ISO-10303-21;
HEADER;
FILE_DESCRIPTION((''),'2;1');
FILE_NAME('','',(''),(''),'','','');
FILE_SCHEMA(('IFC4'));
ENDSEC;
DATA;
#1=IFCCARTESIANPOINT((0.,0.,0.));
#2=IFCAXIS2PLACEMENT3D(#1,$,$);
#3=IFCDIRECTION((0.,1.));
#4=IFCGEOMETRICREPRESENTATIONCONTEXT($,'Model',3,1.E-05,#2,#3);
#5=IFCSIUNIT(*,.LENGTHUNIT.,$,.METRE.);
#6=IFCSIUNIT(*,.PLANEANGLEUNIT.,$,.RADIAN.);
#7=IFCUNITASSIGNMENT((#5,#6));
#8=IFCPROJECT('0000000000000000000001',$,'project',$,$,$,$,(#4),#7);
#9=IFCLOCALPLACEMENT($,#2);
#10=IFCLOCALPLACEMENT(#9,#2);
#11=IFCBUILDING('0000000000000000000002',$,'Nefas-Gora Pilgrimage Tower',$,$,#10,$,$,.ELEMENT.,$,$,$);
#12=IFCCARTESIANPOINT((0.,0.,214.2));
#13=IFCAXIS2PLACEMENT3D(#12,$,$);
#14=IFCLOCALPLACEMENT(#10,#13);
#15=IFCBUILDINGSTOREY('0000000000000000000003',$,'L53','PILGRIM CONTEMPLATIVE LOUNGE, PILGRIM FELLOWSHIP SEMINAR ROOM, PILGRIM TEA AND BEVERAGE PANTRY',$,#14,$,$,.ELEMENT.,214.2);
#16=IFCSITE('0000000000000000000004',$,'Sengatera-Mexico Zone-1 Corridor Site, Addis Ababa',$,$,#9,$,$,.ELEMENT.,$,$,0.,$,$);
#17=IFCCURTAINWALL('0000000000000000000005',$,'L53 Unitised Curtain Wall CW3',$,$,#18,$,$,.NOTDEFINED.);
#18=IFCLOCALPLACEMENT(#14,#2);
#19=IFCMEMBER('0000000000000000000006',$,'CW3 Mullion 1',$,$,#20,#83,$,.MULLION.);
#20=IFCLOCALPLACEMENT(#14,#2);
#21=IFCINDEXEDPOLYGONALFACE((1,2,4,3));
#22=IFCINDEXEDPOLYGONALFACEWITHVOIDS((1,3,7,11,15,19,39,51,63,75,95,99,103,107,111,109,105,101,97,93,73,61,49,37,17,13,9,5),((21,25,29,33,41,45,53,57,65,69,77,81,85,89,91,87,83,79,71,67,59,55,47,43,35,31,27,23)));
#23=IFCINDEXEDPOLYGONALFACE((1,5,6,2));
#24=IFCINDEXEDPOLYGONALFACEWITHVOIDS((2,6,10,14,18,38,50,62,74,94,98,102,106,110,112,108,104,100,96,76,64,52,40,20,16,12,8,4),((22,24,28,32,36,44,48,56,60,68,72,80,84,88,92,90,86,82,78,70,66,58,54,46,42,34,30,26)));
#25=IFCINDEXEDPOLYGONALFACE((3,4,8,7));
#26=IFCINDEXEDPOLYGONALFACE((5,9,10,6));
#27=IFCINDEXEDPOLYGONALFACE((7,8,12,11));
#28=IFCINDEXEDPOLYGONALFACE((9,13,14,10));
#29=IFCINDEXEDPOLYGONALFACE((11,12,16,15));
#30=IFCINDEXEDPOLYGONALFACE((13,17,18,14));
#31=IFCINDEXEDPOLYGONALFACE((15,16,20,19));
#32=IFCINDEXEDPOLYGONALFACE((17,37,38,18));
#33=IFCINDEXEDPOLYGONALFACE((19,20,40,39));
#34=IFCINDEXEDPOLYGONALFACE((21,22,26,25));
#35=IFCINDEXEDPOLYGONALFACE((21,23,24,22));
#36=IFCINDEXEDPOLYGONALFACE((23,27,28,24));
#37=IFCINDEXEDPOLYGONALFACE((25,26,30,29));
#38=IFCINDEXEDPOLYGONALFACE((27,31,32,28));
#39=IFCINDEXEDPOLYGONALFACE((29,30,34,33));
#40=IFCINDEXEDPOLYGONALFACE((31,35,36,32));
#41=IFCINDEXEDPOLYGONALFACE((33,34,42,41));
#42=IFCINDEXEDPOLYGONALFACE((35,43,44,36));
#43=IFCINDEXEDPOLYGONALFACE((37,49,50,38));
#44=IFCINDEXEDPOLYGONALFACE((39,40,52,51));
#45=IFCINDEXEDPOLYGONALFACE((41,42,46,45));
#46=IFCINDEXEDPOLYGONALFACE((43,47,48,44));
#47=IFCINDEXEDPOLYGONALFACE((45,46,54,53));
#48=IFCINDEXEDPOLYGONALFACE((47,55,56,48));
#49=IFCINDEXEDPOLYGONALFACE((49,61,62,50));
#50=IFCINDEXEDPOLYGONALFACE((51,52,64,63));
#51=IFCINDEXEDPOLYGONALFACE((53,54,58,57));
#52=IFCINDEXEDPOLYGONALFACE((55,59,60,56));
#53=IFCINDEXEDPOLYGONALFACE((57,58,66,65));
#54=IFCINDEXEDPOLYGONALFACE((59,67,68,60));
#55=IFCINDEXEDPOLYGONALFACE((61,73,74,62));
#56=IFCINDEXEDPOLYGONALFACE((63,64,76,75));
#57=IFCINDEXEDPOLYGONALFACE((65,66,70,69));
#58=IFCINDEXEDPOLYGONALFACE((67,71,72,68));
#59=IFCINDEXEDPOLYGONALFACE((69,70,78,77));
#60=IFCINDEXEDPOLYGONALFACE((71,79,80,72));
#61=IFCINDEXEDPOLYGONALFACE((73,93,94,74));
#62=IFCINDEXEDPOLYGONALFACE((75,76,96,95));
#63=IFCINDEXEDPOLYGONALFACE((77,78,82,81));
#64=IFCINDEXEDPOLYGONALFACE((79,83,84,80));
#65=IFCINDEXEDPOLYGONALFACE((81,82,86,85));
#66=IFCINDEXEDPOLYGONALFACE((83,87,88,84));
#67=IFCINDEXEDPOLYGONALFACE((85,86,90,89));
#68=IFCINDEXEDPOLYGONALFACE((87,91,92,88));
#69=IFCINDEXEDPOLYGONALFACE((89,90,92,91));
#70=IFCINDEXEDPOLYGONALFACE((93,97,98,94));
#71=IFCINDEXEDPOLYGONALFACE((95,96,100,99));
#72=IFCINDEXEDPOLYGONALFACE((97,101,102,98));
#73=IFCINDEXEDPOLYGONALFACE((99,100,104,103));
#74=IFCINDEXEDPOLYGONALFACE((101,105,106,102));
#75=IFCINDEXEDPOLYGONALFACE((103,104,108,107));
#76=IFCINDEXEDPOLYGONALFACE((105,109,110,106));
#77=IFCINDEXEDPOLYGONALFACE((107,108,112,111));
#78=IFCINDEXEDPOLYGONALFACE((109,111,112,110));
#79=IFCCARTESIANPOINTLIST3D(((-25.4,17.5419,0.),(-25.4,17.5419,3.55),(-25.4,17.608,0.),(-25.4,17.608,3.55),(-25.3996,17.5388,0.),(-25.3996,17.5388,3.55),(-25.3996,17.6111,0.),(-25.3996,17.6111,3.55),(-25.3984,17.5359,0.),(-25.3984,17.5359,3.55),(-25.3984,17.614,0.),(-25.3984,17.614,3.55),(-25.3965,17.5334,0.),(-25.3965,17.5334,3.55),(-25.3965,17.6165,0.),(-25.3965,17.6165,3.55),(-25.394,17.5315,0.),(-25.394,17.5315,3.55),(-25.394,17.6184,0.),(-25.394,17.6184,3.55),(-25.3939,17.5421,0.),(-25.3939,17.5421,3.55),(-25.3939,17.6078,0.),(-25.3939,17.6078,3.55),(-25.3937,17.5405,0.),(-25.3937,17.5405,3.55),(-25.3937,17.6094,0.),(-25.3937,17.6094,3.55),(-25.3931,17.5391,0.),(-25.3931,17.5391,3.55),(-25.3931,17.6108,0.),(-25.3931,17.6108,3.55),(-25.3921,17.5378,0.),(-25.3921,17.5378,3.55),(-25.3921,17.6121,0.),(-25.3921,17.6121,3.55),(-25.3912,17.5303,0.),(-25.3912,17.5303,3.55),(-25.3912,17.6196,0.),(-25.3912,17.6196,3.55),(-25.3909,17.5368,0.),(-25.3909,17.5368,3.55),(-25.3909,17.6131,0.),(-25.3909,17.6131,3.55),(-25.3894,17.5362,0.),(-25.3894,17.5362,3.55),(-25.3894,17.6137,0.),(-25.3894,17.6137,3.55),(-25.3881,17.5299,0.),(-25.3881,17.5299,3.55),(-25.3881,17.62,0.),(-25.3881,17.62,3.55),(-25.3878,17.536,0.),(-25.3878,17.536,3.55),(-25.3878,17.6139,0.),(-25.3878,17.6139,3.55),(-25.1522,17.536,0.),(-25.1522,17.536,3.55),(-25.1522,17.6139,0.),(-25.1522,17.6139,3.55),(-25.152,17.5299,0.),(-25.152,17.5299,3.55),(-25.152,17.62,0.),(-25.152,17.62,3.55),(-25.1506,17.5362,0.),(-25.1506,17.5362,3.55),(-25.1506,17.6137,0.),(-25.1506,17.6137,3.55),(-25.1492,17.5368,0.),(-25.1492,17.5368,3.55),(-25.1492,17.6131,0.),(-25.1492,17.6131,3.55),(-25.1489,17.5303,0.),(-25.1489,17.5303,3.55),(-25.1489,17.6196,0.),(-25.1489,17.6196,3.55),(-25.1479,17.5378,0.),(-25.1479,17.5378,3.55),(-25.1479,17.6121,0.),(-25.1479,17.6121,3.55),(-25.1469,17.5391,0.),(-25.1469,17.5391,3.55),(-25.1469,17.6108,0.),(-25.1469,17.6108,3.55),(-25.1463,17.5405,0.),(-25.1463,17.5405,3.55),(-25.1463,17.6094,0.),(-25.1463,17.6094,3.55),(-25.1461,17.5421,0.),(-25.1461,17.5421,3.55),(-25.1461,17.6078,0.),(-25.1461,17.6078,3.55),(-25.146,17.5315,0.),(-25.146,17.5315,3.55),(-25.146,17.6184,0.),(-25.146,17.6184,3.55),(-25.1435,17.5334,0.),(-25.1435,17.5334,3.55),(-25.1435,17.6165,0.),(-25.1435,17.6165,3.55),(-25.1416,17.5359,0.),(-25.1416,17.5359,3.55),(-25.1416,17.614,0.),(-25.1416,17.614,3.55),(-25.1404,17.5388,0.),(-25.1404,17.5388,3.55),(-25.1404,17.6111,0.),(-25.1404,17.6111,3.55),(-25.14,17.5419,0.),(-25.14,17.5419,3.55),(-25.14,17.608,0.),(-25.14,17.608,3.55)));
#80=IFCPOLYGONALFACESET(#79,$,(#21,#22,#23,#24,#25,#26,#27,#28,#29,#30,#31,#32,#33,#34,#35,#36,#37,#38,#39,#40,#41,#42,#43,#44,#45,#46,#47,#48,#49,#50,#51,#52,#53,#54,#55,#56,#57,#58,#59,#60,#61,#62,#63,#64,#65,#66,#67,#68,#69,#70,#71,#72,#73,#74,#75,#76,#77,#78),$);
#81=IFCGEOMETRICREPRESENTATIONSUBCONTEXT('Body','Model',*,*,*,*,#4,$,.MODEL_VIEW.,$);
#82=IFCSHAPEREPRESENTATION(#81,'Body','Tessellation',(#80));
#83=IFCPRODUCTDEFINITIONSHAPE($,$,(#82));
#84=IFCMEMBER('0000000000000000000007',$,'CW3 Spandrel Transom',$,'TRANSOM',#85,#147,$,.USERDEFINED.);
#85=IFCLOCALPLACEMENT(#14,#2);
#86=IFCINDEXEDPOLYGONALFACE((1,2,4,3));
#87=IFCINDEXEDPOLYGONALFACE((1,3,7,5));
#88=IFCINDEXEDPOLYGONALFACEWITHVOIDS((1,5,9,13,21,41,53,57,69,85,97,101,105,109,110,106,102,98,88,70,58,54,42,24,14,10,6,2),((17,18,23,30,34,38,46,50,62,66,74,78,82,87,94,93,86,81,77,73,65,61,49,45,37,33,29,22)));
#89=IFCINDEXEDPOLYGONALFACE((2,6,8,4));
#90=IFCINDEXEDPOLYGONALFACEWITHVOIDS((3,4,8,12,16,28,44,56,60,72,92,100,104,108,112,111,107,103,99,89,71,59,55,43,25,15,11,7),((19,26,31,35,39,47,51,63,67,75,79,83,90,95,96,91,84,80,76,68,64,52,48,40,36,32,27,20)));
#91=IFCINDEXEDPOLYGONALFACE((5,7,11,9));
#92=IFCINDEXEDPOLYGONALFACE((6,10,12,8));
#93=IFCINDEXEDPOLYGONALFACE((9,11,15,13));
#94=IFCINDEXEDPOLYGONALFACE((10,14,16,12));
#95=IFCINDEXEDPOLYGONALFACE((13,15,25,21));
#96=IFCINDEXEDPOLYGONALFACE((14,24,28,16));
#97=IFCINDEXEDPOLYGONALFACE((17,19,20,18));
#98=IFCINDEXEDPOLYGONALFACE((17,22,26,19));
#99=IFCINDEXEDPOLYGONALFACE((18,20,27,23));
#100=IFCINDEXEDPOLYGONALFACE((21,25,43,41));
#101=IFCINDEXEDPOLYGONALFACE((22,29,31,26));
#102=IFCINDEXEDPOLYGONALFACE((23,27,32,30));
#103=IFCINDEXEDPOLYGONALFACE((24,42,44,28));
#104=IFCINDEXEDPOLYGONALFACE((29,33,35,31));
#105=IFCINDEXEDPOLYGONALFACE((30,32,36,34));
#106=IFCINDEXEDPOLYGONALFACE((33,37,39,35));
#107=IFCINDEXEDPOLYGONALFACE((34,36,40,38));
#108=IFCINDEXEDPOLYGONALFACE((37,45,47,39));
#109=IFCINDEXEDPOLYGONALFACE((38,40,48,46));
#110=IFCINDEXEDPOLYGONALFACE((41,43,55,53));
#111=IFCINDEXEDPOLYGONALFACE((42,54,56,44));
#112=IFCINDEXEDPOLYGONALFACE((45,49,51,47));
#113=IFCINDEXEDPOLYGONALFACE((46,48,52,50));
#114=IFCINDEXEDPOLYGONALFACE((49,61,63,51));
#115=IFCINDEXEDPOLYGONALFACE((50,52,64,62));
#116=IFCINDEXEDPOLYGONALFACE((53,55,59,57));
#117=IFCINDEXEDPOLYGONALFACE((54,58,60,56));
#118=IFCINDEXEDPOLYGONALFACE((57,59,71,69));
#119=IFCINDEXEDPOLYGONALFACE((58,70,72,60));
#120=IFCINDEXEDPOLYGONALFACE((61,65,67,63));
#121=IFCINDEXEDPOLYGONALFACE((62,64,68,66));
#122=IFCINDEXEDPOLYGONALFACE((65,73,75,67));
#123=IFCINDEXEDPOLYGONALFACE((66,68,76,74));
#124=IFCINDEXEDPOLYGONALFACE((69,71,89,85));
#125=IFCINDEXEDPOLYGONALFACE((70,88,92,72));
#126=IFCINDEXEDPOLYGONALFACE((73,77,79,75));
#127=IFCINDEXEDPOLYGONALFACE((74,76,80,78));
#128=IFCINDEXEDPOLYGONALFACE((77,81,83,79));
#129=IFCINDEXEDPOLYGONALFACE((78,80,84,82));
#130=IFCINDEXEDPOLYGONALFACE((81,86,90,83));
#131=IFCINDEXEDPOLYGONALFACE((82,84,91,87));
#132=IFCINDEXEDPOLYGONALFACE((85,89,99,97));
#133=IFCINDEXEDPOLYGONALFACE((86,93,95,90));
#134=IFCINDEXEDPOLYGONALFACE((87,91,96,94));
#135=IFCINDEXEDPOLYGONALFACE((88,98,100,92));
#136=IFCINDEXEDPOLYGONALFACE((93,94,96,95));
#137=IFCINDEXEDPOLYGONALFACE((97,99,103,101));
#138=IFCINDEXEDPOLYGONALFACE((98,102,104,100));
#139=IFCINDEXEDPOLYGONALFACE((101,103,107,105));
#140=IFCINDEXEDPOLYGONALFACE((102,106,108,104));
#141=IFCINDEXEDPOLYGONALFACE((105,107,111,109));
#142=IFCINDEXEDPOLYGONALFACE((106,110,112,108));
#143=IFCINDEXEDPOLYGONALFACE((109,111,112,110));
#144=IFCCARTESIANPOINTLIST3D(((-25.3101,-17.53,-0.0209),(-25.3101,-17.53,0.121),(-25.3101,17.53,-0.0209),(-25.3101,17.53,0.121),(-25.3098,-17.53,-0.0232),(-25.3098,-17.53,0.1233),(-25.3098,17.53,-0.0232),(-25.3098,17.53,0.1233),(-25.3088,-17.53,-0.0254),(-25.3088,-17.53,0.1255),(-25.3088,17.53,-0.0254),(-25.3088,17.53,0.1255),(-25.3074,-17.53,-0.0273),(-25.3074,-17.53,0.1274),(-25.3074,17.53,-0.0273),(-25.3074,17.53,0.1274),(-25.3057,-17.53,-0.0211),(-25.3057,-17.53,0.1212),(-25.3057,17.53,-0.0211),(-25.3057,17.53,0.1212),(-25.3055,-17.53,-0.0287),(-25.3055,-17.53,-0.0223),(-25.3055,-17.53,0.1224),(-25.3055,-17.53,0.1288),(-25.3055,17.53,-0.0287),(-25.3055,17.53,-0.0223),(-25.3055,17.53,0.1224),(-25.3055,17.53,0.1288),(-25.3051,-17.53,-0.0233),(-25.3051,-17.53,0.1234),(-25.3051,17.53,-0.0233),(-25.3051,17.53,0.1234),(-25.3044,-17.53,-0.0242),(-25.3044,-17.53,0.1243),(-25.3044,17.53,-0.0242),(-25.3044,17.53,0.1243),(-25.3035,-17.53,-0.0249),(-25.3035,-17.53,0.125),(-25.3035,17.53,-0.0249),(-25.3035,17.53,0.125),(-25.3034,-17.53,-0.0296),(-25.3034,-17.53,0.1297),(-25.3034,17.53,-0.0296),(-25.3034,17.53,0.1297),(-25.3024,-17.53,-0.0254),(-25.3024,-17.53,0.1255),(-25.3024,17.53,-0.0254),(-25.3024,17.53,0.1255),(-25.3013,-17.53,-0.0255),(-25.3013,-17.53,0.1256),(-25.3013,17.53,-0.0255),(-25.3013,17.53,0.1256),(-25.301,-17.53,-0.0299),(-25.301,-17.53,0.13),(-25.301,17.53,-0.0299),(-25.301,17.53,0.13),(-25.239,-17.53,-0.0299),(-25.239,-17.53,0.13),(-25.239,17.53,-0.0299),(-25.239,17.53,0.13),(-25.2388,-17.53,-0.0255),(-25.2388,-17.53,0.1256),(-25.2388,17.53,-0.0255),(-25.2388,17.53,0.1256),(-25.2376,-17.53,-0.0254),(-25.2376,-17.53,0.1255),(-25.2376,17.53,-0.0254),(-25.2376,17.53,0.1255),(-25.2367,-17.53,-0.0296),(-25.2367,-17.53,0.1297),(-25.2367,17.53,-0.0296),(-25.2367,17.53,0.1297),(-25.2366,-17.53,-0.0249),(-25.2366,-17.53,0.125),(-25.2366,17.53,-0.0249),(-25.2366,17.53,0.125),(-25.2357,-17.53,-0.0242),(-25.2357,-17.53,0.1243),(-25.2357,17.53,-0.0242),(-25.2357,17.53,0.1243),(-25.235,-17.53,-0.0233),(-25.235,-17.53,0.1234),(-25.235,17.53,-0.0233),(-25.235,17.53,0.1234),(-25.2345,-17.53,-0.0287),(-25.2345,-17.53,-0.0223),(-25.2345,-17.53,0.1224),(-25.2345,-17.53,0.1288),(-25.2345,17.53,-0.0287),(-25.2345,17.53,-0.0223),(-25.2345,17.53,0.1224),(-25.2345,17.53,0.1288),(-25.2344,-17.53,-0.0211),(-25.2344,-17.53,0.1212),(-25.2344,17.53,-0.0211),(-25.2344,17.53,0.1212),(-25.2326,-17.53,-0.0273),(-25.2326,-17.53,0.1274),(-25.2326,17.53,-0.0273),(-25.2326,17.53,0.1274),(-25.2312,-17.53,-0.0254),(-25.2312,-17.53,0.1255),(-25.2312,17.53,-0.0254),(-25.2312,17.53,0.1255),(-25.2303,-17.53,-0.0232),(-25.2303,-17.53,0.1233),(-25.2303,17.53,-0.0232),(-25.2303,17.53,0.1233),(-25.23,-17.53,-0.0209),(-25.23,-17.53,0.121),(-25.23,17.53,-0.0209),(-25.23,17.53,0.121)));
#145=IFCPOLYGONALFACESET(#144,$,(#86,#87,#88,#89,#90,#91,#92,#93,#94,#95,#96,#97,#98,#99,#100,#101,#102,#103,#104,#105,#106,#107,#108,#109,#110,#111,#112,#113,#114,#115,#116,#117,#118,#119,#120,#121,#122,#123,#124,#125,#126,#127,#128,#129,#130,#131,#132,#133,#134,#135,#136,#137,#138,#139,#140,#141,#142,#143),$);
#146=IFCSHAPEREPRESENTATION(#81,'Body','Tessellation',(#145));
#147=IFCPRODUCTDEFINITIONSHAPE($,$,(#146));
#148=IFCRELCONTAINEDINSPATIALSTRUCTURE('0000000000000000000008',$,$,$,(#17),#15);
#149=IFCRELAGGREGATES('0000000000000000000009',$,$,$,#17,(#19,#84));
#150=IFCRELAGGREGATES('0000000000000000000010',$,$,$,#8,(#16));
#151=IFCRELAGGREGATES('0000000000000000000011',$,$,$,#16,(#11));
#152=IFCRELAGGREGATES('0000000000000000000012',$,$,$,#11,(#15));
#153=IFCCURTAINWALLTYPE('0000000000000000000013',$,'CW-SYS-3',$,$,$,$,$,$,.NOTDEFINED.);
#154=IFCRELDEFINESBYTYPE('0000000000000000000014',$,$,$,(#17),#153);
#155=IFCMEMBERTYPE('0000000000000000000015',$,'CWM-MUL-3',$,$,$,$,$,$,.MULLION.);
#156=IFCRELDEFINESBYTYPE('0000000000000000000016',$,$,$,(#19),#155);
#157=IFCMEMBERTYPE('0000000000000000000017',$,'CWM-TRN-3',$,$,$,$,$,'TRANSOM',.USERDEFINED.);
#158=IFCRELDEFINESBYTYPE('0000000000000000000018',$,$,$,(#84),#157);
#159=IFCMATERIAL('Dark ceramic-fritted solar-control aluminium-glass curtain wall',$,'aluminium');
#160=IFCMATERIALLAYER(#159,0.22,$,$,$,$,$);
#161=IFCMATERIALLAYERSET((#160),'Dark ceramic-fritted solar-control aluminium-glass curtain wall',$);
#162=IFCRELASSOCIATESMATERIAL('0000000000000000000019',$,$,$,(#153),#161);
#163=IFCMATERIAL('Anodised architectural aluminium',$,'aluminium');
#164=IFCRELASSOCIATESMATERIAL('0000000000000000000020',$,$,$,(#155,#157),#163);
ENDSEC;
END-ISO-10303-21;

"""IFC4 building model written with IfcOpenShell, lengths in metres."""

from ifc_helpers import new_model, si_unit, direction, frame, origin, origin_2d, place, context, subcontext, project, spatial, hollow_rectangle, extrude, source, transform, mapped, material, layer, layer_set, material_profile, profile_set, type_object, element, aggregate, save


model = new_model("IFC4")

# Units and contexts
model_context = context("Model", 3, precision=1e-05, world=origin(), true_north=direction((0.0, 1.0)))
body_context = subcontext(model_context, "Body", "Model", "MODEL_VIEW")
ifc_project = project(units=[si_unit("LENGTHUNIT", "METRE"), si_unit("PLANEANGLEUNIT", "RADIAN")], contexts=[model_context])

# Site, building, storey
site_placement = place(None, origin())
site = spatial("IfcSite", under=ifc_project, at=site_placement, Name="Sengatera-Mexico Zone-1 Corridor Site, Addis Ababa", CompositionType="ELEMENT", RefElevation=0.0)
building_placement = place(site_placement, origin())
building = spatial("IfcBuilding", under=site, at=building_placement, Name="Nefas-Gora Pilgrimage Tower", CompositionType="ELEMENT")
storey_placement = place(building_placement, frame((0.0, 0.0, 214.2)))
storey = spatial("IfcBuildingStorey", under=building, at=storey_placement, Name="L53", Description="PILGRIM CONTEMPLATIVE LOUNGE, PILGRIM FELLOWSHIP SEMINAR ROOM, PILGRIM TEA AND BEVERAGE PANTRY", CompositionType="ELEMENT", Elevation=214.2)

# Curtain wall, members
ifc_material_1 = material(Name="Dark ceramic-fritted solar-control aluminium-glass curtain wall", Category="aluminium")
ifc_material_2 = material(Name="Anodised architectural aluminium", Category="aluminium")
ifc_layer_1 = layer(ifc_material_1, 0.22)
ifc_layer_set_1 = layer_set([ifc_layer_1], Name="Dark ceramic-fritted solar-control aluminium-glass curtain wall")
curtain_wall_type_1 = type_object("IfcCurtainWallType", Name="CW-SYS-3", PredefinedType="NOTDEFINED", material=ifc_layer_set_1)
ifc_material_profile_1 = material_profile(ifc_material_2, hollow_rectangle(XDim=0.0901, YDim=0.26, WallThickness=0.0061, InnerFilletRadius=0.0061, OuterFilletRadius=0.012, at=origin_2d()), Name="ALU MULLION 90x260")
ifc_profile_set_1 = profile_set([ifc_material_profile_1], Name="Anodised architectural aluminium")
member_type_1 = type_object("IfcMemberType", Name="CWM-MUL-3", PredefinedType="MULLION", material=ifc_profile_set_1)
shared_shape_1 = source(origin(), body_context, "Body", "SweptSolid", [
    extrude(hollow_rectangle(XDim=0.0901, YDim=0.26, WallThickness=0.0061, InnerFilletRadius=0.0061, OuterFilletRadius=0.012, at=origin_2d()), origin(), (0.0, 0.0, 1.0), 3.55),
])
curtain_wall_1_placement = place(storey_placement, origin())
curtain_wall_1 = element("IfcCurtainWall", 1, at=curtain_wall_1_placement, inside=storey, type_object=curtain_wall_type_1, Name="L53 Unitised Curtain Wall CW3", PredefinedType="NOTDEFINED")
member_1_placement = place(storey_placement, frame((-25.27, 17.575, 0.0), z_axis=(0.0, 0.0, 1.0), x_axis=(0.0, -1.0, 0.0)))
member_1 = element("IfcMember", 2, at=member_1_placement, type_object=member_type_1, Name="CW3 Mullion 1", PredefinedType="MULLION", context=body_context, shape_type="MappedRepresentation", body=[
    mapped(shared_shape_1, transform((0.0, 0.0, 0.0), x_axis=(1.0, 0.0, 0.0), y_axis=(0.0, 1.0, 0.0), z_axis=(0.0, 0.0, 1.0), scale=1.0)),
])
ifc_material_profile_2 = material_profile(ifc_material_2, hollow_rectangle(XDim=0.0801, YDim=0.1599, WallThickness=0.0044, InnerFilletRadius=0.0044, OuterFilletRadius=0.009, at=origin_2d()), Name="ALU TRANSOM 80x160")
ifc_profile_set_2 = profile_set([ifc_material_profile_2], Name="Anodised architectural aluminium")
member_type_2 = type_object("IfcMemberType", Name="CWM-TRN-3", ElementType="TRANSOM", PredefinedType="USERDEFINED", material=ifc_profile_set_2)
shared_shape_2 = source(origin(), body_context, "Body", "SweptSolid", [
    extrude(hollow_rectangle(XDim=0.0801, YDim=0.1599, WallThickness=0.0044, InnerFilletRadius=0.0044, OuterFilletRadius=0.009, at=origin_2d()), origin(), (0.0, 0.0, 1.0), 35.0601),
])
member_2_placement = place(storey_placement, frame((-25.27, 17.53, 0.05), z_axis=(0.0, -1.0, 0.0), x_axis=(1.0, 0.0, 0.0)))
member_2 = element("IfcMember", 3, at=member_2_placement, type_object=member_type_2, Name="CW3 Spandrel Transom", ObjectType="TRANSOM", PredefinedType="USERDEFINED", context=body_context, shape_type="MappedRepresentation", body=[
    mapped(shared_shape_2, transform((0.0, 0.0, 0.0), x_axis=(1.0, 0.0, 0.0), y_axis=(0.0, 1.0, 0.0), z_axis=(0.0, 0.0, 1.0), scale=1.0)),
])
aggregate(curtain_wall_1, [member_1, member_2])

save(model, "model.ifc")
